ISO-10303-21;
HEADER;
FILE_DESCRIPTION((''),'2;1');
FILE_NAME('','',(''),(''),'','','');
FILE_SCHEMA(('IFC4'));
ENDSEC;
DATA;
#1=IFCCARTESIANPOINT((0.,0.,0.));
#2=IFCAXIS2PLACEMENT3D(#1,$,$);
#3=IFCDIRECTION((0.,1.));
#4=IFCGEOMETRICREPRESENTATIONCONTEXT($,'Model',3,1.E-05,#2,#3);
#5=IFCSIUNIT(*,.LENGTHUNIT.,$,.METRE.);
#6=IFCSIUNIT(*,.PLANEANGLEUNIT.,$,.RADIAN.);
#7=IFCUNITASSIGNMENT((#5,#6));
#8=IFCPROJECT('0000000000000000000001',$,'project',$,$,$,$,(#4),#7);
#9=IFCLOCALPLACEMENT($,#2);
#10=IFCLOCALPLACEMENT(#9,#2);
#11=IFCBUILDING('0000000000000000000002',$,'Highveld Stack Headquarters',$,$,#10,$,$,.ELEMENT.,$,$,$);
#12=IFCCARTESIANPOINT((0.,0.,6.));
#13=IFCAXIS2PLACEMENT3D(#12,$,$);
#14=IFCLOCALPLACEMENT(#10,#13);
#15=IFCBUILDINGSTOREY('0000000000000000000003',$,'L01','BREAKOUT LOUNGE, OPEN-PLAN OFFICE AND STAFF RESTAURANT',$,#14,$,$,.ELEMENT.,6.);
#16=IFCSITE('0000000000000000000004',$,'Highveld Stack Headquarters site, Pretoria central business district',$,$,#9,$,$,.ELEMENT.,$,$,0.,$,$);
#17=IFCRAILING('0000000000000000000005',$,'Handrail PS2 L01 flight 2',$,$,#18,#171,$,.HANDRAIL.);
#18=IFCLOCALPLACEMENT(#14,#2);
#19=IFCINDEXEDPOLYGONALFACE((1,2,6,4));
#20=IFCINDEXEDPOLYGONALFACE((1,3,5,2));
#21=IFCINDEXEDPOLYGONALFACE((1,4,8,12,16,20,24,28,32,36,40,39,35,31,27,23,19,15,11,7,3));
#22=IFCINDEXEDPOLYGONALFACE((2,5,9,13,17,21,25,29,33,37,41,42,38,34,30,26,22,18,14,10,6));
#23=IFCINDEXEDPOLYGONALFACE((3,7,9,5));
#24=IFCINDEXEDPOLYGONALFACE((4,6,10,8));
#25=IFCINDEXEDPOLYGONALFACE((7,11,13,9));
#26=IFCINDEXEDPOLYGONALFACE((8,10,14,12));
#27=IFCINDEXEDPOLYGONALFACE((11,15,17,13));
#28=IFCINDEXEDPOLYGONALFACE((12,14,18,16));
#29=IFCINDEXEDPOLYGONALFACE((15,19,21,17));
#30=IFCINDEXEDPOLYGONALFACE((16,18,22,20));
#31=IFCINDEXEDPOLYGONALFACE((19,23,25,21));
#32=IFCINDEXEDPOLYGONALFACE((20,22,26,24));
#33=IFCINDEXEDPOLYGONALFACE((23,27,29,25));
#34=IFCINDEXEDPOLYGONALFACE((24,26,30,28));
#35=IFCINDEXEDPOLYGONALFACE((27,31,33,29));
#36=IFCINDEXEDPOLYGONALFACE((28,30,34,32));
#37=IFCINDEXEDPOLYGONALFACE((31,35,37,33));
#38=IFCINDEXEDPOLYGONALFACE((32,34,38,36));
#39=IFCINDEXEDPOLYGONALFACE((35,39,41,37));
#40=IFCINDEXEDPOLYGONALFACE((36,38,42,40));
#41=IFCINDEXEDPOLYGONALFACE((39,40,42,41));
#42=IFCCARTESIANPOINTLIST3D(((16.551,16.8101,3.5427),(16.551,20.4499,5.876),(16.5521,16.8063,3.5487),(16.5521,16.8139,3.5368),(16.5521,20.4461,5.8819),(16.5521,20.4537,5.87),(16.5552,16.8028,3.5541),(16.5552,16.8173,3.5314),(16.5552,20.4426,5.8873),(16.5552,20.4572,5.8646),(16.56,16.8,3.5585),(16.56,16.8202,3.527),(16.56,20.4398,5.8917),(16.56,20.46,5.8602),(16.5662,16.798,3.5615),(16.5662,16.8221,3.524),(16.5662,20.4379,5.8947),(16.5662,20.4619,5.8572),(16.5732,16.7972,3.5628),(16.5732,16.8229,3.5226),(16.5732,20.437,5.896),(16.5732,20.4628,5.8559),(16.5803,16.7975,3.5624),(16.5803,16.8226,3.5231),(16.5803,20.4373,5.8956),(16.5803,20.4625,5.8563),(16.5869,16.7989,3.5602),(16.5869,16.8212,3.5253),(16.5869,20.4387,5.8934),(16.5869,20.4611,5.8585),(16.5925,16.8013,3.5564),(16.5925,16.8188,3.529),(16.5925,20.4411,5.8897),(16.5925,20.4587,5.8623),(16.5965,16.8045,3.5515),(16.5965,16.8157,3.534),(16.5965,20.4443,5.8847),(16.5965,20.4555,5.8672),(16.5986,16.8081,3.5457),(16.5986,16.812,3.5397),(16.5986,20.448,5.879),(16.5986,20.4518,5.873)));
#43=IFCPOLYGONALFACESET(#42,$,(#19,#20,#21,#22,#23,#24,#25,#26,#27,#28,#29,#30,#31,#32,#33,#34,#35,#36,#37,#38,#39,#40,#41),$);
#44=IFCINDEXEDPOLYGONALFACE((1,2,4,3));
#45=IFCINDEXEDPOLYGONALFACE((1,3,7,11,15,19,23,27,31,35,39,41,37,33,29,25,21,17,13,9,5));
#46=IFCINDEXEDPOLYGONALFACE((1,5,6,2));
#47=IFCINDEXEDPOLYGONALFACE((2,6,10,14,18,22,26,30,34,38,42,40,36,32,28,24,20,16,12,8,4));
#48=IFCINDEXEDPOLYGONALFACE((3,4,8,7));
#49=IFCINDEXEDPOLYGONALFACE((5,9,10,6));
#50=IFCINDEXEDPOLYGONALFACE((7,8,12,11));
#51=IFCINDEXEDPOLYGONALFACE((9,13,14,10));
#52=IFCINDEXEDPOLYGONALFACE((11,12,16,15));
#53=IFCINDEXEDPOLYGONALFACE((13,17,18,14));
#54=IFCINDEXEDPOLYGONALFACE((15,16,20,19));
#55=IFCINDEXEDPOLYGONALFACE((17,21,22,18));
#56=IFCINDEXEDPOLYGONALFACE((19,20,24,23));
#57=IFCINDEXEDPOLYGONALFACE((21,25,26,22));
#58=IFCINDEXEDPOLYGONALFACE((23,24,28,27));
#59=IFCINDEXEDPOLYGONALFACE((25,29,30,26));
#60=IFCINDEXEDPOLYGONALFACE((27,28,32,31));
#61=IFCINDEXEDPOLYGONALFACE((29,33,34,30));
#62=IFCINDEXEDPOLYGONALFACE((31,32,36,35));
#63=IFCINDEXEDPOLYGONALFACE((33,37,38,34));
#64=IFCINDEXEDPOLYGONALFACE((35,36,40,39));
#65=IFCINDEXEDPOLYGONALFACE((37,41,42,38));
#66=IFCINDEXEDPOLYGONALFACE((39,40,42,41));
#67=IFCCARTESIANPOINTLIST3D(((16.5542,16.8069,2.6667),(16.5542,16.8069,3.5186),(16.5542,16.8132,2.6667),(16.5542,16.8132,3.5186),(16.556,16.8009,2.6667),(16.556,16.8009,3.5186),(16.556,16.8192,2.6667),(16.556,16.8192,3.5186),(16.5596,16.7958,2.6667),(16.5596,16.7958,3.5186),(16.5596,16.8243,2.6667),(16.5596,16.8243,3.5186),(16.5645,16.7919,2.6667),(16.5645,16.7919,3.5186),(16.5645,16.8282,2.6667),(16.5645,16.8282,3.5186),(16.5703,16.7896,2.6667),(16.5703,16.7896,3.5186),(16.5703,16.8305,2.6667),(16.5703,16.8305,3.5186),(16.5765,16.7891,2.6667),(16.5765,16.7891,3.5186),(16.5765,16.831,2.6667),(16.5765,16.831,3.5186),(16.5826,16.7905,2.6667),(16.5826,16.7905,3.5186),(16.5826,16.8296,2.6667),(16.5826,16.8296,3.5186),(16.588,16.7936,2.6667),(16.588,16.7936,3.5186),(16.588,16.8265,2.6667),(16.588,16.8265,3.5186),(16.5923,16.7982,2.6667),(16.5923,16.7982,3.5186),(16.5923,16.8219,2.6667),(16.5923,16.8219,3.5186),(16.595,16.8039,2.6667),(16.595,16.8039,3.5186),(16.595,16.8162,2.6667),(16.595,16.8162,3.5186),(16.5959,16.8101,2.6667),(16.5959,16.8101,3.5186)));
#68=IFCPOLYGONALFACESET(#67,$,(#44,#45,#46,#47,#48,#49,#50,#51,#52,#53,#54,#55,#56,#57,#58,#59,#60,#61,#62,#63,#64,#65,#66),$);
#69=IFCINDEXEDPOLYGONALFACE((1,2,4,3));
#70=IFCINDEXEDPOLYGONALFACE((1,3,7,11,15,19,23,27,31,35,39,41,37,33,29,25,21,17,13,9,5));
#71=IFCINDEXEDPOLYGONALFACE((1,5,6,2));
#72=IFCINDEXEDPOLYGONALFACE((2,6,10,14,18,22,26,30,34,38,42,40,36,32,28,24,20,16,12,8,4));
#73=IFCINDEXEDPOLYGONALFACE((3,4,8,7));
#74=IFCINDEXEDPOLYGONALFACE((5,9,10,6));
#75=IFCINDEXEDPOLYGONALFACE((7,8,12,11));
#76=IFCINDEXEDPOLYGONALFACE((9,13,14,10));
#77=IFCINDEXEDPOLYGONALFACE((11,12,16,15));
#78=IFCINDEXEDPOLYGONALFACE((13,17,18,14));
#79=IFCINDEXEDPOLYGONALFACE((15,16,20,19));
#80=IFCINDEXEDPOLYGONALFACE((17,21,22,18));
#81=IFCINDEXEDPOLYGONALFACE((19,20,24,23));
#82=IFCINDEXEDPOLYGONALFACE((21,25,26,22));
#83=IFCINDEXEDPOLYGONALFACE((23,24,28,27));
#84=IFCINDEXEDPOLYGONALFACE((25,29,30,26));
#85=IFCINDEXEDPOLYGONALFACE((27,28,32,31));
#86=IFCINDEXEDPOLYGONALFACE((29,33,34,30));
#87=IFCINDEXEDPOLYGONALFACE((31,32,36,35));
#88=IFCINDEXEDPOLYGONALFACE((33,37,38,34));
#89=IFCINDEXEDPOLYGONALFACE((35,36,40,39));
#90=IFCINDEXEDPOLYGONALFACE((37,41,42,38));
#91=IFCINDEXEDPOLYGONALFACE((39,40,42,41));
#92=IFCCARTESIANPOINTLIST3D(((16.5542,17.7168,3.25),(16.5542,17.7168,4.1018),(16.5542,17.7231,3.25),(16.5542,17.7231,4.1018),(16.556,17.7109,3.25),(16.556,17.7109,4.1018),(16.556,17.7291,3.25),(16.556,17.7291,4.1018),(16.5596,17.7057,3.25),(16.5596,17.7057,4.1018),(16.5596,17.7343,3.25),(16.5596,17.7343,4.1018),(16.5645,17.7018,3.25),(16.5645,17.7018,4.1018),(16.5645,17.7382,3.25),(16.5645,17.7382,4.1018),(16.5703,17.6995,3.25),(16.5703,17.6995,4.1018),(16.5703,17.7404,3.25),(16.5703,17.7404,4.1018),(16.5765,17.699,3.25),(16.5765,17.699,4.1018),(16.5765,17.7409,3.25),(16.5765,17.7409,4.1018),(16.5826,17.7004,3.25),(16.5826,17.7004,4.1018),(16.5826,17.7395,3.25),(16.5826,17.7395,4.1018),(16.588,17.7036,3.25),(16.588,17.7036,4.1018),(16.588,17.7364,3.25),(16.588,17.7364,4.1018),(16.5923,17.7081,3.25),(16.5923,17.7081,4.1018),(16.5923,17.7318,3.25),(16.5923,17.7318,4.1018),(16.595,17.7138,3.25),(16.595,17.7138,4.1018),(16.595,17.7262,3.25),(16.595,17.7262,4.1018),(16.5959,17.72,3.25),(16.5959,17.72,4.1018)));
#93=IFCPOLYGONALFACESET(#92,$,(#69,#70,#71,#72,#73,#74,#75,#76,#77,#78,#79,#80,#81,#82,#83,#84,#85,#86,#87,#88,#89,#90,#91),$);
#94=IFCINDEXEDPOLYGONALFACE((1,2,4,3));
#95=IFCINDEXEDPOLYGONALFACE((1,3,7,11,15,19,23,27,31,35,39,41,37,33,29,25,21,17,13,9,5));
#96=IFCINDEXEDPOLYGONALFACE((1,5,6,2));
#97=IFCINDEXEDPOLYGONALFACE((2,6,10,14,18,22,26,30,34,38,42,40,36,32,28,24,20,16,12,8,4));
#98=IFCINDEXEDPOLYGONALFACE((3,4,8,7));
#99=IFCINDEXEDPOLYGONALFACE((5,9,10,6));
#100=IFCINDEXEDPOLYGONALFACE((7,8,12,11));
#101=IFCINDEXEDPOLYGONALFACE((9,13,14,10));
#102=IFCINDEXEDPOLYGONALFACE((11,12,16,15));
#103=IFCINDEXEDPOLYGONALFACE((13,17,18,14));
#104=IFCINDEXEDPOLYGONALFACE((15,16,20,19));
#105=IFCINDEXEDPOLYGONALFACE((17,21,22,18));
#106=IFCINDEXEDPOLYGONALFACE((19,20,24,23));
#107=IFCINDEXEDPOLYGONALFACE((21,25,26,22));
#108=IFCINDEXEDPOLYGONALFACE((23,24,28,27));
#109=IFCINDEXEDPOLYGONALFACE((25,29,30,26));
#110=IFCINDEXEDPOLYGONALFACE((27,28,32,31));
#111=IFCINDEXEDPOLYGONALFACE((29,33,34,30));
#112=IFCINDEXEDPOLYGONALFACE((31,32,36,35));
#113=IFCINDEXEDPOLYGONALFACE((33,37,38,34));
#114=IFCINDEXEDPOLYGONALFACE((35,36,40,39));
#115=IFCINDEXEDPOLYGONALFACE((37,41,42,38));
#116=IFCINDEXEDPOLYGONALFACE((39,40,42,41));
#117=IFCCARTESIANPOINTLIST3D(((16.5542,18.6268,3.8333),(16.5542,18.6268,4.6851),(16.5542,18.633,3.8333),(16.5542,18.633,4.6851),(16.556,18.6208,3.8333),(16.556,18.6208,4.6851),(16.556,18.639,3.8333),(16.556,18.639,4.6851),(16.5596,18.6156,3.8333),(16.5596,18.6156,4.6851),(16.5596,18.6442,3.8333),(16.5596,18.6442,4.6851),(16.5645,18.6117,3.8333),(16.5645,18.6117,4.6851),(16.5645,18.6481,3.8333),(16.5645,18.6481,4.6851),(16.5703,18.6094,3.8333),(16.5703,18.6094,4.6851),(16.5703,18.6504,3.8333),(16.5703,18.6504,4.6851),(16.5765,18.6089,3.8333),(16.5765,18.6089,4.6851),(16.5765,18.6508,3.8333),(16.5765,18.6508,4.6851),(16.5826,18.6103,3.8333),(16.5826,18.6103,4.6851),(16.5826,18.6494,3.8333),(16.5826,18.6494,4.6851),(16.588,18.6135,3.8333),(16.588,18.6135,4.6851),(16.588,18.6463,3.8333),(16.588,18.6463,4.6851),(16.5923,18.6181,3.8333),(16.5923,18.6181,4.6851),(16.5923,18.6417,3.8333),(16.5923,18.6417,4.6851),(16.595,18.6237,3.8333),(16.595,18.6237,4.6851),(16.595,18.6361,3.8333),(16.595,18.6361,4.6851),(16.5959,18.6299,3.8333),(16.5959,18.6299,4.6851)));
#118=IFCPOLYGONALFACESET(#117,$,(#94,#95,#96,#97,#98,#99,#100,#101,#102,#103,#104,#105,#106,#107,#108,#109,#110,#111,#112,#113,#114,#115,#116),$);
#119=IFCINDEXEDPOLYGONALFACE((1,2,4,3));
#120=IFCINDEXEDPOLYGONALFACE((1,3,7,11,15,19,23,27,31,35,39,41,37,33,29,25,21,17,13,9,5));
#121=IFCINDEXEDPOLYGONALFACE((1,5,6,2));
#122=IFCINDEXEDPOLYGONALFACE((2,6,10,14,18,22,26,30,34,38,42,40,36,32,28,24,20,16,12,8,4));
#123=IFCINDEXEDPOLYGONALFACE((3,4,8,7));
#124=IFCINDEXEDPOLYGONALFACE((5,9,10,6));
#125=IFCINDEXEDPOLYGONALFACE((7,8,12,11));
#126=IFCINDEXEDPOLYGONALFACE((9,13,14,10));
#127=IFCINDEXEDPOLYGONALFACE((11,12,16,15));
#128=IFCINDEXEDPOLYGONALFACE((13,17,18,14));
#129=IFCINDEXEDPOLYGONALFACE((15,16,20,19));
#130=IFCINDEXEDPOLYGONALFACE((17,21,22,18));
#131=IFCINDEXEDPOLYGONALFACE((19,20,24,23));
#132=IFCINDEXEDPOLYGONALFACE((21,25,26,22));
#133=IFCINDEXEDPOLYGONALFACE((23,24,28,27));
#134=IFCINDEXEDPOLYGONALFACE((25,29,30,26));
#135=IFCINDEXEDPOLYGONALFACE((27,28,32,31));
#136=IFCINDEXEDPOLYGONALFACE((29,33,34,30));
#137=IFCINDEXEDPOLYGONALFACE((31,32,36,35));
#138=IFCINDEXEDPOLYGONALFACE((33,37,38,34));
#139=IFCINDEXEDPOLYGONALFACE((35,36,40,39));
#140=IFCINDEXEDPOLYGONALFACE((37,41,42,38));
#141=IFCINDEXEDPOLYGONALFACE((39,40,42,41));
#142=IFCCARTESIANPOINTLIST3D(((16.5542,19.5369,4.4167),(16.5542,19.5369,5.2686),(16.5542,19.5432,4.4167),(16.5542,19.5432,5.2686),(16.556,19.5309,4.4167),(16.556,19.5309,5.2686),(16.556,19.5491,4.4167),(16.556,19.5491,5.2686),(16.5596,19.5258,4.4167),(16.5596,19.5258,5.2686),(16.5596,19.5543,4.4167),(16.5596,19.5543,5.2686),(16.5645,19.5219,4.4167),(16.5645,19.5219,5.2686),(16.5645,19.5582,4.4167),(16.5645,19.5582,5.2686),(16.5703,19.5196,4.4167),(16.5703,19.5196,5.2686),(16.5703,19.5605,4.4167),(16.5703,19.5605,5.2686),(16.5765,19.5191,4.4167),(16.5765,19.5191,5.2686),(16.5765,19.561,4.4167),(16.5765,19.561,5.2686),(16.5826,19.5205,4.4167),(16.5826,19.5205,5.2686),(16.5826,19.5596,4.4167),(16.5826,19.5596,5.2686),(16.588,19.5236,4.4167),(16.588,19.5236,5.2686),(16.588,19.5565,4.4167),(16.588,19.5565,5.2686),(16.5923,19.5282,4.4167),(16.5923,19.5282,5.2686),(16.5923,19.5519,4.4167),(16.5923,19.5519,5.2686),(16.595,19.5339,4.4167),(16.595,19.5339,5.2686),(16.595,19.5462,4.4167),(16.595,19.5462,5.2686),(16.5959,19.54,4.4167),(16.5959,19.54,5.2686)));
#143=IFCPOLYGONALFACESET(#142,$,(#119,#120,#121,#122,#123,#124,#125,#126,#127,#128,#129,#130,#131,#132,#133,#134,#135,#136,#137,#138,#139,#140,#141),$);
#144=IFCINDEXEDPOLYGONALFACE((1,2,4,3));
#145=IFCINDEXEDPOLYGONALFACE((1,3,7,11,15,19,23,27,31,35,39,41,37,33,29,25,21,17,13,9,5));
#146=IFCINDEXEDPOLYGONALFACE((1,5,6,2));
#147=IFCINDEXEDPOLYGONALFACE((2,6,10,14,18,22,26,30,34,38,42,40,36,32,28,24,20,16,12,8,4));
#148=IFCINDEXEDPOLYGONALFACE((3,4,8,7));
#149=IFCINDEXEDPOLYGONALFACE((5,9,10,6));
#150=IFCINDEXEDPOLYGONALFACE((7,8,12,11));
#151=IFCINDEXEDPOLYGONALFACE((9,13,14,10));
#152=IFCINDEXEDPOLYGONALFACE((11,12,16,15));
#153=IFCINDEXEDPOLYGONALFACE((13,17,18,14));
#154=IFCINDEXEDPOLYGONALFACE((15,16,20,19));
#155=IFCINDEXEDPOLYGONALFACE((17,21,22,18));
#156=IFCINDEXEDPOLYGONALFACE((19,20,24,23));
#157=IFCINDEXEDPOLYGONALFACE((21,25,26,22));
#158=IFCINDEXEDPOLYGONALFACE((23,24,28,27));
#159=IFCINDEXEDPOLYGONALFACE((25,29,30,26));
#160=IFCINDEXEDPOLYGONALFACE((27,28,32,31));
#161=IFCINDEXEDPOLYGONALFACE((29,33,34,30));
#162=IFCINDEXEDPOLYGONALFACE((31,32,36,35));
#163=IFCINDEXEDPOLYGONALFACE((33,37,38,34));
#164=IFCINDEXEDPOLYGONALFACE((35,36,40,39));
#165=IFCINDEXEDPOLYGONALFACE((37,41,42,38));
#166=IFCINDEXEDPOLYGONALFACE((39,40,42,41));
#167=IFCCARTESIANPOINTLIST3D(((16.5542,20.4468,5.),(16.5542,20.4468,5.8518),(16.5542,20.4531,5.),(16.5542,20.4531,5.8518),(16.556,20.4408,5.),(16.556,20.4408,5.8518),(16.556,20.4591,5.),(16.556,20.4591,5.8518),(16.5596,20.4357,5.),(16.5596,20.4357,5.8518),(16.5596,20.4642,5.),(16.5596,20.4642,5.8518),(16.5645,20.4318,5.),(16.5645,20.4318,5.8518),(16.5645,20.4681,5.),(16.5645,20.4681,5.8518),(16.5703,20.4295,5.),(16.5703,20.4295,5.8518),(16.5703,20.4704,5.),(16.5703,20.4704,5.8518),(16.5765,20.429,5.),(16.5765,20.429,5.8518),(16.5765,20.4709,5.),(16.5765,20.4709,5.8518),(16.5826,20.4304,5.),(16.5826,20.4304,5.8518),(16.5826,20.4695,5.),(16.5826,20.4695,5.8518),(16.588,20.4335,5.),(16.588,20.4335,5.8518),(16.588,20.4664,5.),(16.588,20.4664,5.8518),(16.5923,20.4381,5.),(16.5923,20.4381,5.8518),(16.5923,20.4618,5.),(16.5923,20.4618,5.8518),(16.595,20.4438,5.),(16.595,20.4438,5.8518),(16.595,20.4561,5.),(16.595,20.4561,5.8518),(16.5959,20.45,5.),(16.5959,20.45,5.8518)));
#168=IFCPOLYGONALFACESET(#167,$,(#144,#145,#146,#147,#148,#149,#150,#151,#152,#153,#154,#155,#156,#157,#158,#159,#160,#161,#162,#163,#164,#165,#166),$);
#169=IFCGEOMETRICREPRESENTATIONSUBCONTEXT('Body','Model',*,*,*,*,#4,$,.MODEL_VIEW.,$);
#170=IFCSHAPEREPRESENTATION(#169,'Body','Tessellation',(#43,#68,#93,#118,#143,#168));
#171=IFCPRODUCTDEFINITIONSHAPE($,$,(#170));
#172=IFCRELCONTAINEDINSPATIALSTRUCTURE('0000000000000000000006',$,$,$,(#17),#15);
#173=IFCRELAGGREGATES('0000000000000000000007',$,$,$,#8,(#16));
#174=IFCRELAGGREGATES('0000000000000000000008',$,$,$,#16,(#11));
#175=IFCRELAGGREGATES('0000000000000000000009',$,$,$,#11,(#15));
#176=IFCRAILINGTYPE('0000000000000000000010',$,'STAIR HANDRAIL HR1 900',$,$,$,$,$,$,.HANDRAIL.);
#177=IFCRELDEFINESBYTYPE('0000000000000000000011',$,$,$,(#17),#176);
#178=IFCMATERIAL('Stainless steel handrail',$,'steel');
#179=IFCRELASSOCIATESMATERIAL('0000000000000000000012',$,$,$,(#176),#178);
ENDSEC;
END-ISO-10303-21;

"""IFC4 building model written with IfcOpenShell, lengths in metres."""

from ifc_helpers import new_model, si_unit, direction, frame, origin, origin_2d, place, context, subcontext, project, spatial, circle, extrude, material, type_object, element, save


model = new_model("IFC4")

# Units and contexts
model_context = context("Model", 3, precision=1e-05, world=origin(), true_north=direction((0.0, 1.0)))
body_context = subcontext(model_context, "Body", "Model", "MODEL_VIEW")
ifc_project = project(units=[si_unit("LENGTHUNIT", "METRE"), si_unit("PLANEANGLEUNIT", "RADIAN")], contexts=[model_context])

# Site, building, storey
site_placement = place(None, origin())
site = spatial("IfcSite", under=ifc_project, at=site_placement, Name="Highveld Stack Headquarters site, Pretoria central business district", CompositionType="ELEMENT", RefElevation=0.0)
building_placement = place(site_placement, origin())
building = spatial("IfcBuilding", under=site, at=building_placement, Name="Highveld Stack Headquarters", CompositionType="ELEMENT")
storey_placement = place(building_placement, frame((0.0, 0.0, 6.0)))
storey = spatial("IfcBuildingStorey", under=building, at=storey_placement, Name="L01", Description="BREAKOUT LOUNGE, OPEN-PLAN OFFICE AND STAFF RESTAURANT", CompositionType="ELEMENT", Elevation=6.0)

# Railing
ifc_material_1 = material(Name="Stainless steel handrail", Category="steel")
railing_type = type_object("IfcRailingType", Name="STAIR HANDRAIL HR1 900", PredefinedType="HANDRAIL", material=ifc_material_1)
for number, where, name in (
    (1, (16.575, 16.8101, 2.6667), "Handrail PS2 L01 flight 2"),
):
    element("IfcRailing", number, at=place(storey_placement, frame(where)), inside=storey, type_object=railing_type, Name=name, PredefinedType="HANDRAIL", context=body_context, shape_type="SweptSolid", body=[
        extrude(circle(Radius=0.0239, at=origin_2d()), frame((0.0, 0.0, 0.876), z_axis=(0.0, 0.84188, 0.539664), x_axis=(-1.0, 0.0, 0.0)), (0.0, 0.0, 1.0), 4.3235),
        extrude(circle(Radius=0.021, at=origin_2d()), origin(), (0.0, 0.0, 1.0), 0.8518),
        extrude(circle(Radius=0.021, at=origin_2d()), frame((0.0, 0.9099, 0.5833)), (0.0, 0.0, 1.0), 0.8518),
        extrude(circle(Radius=0.021, at=origin_2d()), frame((0.0, 1.8198, 1.1665)), (0.0, 0.0, 1.0), 0.8518),
        extrude(circle(Radius=0.021, at=origin_2d()), frame((0.0, 2.73, 1.75)), (0.0, 0.0, 1.0), 0.8518),
        extrude(circle(Radius=0.021, at=origin_2d()), frame((0.0, 3.6399, 2.3333)), (0.0, 0.0, 1.0), 0.8518),
    ])

save(model, "model.ifc")
